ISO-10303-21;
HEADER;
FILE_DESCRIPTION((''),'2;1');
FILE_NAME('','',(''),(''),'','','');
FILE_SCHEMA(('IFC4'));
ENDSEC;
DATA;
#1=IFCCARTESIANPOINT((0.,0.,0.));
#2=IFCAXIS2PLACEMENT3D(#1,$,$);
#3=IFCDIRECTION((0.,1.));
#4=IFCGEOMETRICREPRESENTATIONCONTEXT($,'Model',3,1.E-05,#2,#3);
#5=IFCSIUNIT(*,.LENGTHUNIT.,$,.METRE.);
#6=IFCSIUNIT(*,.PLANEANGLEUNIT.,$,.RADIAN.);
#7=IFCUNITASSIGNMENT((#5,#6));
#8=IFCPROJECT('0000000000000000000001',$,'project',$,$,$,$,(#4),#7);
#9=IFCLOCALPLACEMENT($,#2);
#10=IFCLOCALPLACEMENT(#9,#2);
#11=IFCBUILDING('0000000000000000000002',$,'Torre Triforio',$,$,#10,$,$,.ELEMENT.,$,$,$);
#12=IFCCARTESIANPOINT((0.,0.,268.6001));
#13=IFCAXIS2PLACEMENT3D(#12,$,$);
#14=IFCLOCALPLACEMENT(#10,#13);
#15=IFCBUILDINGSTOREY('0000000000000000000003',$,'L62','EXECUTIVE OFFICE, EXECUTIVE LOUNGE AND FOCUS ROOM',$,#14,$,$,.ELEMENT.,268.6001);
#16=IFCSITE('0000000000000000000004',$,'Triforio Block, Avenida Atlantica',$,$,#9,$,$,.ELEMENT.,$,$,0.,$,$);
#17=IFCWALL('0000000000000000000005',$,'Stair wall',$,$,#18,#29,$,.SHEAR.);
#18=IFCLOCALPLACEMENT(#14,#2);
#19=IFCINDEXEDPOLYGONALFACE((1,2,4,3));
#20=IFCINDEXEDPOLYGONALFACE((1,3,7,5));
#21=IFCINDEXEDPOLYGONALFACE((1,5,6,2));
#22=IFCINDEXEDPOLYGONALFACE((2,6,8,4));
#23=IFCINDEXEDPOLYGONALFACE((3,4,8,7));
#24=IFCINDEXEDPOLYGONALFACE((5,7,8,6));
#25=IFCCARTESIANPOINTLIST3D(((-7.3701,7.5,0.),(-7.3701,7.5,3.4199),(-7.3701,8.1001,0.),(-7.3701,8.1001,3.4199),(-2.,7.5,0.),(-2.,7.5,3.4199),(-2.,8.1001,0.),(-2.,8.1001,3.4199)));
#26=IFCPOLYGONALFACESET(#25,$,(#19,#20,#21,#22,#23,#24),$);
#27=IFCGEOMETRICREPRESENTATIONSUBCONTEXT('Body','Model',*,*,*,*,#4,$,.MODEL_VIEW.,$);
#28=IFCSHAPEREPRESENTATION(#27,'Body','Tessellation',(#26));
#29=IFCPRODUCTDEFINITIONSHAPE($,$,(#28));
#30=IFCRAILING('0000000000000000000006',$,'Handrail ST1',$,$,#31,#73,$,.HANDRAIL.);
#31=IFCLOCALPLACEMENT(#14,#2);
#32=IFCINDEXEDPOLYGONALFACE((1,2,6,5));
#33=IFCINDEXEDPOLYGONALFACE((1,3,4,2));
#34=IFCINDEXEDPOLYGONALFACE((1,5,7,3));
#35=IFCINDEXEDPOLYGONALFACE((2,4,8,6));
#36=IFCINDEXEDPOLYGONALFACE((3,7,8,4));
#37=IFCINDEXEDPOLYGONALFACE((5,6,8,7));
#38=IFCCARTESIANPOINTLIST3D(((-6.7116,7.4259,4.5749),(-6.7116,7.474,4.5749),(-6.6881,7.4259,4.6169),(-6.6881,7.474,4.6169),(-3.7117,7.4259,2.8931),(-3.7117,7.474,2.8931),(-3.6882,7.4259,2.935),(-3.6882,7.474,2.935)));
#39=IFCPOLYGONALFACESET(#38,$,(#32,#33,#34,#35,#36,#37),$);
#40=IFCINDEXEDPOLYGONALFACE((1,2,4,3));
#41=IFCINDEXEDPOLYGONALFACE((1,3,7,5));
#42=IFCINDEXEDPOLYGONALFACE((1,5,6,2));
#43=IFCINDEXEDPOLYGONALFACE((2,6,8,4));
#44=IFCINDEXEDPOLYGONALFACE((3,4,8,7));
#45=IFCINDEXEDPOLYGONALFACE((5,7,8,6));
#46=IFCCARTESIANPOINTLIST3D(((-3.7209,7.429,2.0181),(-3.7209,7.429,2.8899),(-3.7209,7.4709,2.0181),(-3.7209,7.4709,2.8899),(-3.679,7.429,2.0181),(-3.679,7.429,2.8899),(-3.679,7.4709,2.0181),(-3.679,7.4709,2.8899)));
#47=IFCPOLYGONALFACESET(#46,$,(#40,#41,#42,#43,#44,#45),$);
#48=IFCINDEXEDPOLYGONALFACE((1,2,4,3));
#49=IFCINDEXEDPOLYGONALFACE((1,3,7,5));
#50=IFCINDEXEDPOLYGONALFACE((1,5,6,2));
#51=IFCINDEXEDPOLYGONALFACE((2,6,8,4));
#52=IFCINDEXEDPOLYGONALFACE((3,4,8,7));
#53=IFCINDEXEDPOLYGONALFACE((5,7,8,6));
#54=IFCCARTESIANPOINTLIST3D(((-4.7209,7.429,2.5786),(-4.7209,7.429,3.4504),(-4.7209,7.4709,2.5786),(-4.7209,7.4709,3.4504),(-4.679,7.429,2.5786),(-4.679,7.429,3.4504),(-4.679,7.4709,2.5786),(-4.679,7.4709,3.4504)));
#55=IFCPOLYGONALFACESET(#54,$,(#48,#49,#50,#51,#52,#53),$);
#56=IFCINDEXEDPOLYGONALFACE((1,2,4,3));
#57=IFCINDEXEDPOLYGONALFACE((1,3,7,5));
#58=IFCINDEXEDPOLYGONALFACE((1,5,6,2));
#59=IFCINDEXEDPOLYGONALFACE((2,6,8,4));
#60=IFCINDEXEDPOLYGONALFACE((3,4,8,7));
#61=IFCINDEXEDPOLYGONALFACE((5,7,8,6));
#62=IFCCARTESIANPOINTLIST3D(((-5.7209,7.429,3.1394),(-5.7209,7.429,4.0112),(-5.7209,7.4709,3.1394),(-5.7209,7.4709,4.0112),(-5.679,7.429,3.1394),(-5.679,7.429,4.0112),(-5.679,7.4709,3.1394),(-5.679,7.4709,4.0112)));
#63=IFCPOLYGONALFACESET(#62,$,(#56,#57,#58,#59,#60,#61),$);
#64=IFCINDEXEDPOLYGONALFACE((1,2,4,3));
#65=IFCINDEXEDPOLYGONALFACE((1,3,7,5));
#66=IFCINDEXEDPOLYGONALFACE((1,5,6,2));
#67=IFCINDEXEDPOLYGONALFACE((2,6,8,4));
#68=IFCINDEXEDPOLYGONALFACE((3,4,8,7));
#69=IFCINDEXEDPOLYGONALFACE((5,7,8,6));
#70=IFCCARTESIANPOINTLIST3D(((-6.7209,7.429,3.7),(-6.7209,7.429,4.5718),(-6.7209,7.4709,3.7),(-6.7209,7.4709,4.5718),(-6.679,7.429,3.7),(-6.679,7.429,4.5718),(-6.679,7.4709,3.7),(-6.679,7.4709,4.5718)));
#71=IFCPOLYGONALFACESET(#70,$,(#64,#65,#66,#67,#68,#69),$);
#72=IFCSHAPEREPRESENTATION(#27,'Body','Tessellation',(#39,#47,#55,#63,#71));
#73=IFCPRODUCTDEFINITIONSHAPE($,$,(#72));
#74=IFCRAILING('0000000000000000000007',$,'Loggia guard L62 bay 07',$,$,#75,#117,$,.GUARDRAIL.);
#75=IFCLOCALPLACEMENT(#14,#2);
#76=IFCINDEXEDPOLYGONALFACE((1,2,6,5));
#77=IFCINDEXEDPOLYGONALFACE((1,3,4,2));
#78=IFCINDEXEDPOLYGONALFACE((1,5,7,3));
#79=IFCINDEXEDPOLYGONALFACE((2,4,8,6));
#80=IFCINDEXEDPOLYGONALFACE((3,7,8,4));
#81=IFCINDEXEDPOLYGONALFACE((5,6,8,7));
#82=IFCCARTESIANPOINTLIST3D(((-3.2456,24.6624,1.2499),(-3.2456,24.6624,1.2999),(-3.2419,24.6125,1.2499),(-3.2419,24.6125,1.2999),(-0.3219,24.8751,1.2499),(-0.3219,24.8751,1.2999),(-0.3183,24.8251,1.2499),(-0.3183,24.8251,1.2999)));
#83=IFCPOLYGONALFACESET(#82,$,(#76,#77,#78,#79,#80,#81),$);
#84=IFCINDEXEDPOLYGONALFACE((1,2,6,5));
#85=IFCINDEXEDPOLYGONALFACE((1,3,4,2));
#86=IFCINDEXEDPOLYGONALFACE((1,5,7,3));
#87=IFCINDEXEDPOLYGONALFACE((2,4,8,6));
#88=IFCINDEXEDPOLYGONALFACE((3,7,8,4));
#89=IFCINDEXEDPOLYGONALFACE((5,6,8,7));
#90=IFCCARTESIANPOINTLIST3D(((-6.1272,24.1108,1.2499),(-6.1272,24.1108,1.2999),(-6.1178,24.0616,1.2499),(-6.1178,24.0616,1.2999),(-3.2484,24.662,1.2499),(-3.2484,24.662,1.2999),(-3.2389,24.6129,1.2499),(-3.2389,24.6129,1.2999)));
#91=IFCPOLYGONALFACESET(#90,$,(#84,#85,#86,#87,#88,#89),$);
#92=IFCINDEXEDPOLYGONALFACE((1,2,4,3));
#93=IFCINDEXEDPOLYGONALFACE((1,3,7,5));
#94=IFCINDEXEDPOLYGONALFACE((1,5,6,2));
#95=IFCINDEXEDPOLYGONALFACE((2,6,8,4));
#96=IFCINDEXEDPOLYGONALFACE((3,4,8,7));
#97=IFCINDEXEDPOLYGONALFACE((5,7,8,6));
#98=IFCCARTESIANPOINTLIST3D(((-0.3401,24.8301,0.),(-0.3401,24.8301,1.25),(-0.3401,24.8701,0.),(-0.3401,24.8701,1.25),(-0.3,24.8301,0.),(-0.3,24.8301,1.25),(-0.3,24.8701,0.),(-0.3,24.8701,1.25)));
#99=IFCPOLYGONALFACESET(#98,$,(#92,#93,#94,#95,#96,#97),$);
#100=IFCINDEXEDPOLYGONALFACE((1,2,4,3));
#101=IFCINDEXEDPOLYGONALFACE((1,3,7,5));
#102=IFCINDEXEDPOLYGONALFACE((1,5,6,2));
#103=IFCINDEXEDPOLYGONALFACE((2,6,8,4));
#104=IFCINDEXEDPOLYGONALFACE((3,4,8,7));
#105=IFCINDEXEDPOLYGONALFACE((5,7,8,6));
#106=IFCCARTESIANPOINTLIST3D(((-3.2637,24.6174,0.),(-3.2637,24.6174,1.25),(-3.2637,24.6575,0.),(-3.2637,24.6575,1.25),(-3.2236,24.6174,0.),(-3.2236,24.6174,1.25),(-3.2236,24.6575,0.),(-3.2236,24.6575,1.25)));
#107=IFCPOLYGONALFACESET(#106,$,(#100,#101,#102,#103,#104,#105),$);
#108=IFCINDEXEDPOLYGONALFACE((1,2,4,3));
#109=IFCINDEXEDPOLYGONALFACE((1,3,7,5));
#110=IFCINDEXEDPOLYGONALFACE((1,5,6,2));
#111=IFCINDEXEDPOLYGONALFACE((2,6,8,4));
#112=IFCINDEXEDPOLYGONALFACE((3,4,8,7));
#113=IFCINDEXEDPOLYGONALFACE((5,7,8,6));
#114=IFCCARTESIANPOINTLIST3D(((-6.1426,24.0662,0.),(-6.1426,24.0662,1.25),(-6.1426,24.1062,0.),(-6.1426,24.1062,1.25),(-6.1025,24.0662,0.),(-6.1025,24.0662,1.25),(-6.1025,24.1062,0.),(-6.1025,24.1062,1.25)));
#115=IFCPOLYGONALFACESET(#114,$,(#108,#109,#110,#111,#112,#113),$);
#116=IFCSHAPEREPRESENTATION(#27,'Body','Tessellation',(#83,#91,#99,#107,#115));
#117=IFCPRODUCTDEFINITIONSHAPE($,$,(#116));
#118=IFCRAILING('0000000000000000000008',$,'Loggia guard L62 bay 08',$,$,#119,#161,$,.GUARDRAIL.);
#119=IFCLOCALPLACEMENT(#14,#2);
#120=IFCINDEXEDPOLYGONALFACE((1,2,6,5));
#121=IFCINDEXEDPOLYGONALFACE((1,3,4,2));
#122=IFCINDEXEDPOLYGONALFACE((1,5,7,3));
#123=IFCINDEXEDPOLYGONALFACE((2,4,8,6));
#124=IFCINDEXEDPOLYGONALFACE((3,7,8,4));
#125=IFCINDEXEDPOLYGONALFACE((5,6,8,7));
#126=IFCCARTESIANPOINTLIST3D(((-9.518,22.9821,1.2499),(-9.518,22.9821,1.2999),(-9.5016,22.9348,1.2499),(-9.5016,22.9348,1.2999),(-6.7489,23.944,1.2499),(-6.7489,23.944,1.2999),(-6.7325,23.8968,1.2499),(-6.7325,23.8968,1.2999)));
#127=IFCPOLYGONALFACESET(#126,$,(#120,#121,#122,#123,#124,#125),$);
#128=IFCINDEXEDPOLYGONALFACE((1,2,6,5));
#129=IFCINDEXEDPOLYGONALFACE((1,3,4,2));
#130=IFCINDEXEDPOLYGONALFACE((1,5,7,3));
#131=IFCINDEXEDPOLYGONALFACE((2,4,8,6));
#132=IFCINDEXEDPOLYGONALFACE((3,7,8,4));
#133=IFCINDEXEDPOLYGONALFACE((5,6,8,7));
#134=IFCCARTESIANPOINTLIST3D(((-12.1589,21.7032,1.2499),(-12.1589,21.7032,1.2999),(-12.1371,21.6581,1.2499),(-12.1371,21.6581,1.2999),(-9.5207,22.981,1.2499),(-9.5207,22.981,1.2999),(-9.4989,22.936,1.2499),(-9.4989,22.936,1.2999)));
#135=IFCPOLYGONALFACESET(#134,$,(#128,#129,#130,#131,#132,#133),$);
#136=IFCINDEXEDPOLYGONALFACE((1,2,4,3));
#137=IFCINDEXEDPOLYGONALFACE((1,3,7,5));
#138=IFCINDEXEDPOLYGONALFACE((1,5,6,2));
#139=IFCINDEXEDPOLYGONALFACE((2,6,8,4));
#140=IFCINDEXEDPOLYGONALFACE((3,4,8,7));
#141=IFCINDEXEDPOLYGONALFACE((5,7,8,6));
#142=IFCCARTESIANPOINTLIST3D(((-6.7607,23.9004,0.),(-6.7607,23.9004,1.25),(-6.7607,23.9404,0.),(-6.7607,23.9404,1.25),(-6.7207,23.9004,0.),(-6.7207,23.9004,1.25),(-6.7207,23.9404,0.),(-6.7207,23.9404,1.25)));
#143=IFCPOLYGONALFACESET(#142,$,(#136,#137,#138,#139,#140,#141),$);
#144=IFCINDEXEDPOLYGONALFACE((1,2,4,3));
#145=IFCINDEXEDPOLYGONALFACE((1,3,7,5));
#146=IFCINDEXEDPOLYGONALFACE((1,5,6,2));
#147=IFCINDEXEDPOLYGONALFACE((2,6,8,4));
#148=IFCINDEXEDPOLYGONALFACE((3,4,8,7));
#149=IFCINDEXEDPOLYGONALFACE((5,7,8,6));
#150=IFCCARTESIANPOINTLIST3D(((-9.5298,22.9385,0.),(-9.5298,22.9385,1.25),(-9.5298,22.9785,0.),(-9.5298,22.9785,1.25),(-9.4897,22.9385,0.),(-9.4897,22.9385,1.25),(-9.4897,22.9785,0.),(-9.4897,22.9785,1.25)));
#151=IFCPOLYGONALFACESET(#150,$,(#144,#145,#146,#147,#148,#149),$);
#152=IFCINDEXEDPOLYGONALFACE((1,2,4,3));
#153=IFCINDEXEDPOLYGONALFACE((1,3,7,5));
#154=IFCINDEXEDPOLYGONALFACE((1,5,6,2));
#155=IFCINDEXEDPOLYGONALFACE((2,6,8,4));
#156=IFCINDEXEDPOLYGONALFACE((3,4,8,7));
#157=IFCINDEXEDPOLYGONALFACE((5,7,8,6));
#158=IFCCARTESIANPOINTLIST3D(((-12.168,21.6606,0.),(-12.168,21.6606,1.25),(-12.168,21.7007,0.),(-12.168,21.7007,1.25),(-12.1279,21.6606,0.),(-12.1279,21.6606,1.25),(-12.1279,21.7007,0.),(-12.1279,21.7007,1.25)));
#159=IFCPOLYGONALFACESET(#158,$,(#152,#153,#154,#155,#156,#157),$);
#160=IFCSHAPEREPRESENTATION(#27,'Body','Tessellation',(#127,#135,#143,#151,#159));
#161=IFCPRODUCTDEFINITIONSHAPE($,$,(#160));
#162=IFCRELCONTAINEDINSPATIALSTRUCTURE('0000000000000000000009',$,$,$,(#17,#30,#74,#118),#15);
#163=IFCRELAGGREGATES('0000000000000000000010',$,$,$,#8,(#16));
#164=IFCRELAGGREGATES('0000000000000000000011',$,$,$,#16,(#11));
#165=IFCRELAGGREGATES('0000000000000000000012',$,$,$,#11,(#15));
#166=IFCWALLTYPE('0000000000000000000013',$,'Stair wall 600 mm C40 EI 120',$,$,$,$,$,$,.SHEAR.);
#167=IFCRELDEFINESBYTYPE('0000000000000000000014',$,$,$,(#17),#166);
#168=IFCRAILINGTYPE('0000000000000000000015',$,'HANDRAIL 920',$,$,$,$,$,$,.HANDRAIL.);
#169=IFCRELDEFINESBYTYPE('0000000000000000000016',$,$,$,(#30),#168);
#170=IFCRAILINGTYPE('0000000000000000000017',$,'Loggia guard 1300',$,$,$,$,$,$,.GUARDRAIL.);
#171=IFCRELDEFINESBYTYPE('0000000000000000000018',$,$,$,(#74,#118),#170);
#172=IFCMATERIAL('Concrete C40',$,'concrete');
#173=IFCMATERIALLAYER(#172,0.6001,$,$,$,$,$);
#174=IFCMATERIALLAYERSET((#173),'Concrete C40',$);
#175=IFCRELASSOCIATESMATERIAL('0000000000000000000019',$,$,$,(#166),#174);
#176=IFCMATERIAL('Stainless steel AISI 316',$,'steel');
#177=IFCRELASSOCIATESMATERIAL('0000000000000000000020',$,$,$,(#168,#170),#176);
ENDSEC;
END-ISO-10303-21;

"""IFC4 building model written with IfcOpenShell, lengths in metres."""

from ifc_helpers import new_model, si_unit, direction, frame, frame_2d, origin, origin_2d, place, context, subcontext, project, spatial, rectangle, extrude, material, layer, layer_set, type_object, element, save


model = new_model("IFC4")

# Units and contexts
model_context = context("Model", 3, precision=1e-05, world=origin(), true_north=direction((0.0, 1.0)))
body_context = subcontext(model_context, "Body", "Model", "MODEL_VIEW")
ifc_project = project(units=[si_unit("LENGTHUNIT", "METRE"), si_unit("PLANEANGLEUNIT", "RADIAN")], contexts=[model_context])

# Site, building, storey
site_placement = place(None, origin())
site = spatial("IfcSite", under=ifc_project, at=site_placement, Name="Triforio Block, Avenida Atlantica", CompositionType="ELEMENT", RefElevation=0.0)
building_placement = place(site_placement, origin())
building = spatial("IfcBuilding", under=site, at=building_placement, Name="Torre Triforio", CompositionType="ELEMENT")
storey_placement = place(building_placement, frame((0.0, 0.0, 268.6001)))
storey = spatial("IfcBuildingStorey", under=building, at=storey_placement, Name="L62", Description="EXECUTIVE OFFICE, EXECUTIVE LOUNGE AND FOCUS ROOM", CompositionType="ELEMENT", Elevation=268.6001)

# Shared definitions
ifc_material_1 = material(Name="Concrete C40", Category="concrete")

# Wall
ifc_layer_1 = layer(ifc_material_1, 0.6001)
ifc_layer_set_1 = layer_set([ifc_layer_1], Name="Concrete C40")
wall_type_1 = type_object("IfcWallType", Name="Stair wall 600 mm C40 EI 120", PredefinedType="SHEAR", material=ifc_layer_set_1)
wall_1_placement = place(storey_placement, frame((-7.3701, 7.8, 0.0), z_axis=(0.0, 0.0, 1.0), x_axis=(1.0, 0.0, 0.0)))
element("IfcWall", 1, at=wall_1_placement, inside=storey, type_object=wall_type_1, Name="Stair wall", PredefinedType="SHEAR", context=body_context, shape_type="SweptSolid", body=[
    extrude(rectangle(XDim=5.3701, YDim=0.6001, at=frame_2d((2.6851, 0.0))), origin(), (0.0, 0.0, 1.0), 3.4199),
])

# Railings
ifc_material_2 = material(Name="Stainless steel AISI 316", Category="steel")
railing_type_1 = type_object("IfcRailingType", Name="HANDRAIL 920", PredefinedType="HANDRAIL", material=ifc_material_2)
railing_1_placement = place(storey_placement, frame((-3.7, 7.45, 2.0181)))
element("IfcRailing", 2, at=railing_1_placement, inside=storey, type_object=railing_type_1, Name="Handrail ST1", PredefinedType="HANDRAIL", context=body_context, shape_type="SweptSolid", body=[
    extrude(rectangle(XDim=0.0481, YDim=0.0481, at=origin_2d()), frame((0.0, 0.0, 0.896), z_axis=(-0.872272, 0.0, 0.48902), x_axis=(0.0, -1.0, 0.0)), (0.0, 0.0, 1.0), 3.4392),
    extrude(rectangle(XDim=0.042, YDim=0.042, at=origin_2d()), origin(), (0.0, 0.0, 1.0), 0.8718),
    extrude(rectangle(XDim=0.042, YDim=0.042, at=origin_2d()), frame((-1.0, 0.0, 0.5605)), (0.0, 0.0, 1.0), 0.8718),
    extrude(rectangle(XDim=0.042, YDim=0.042, at=origin_2d()), frame((-2.0, 0.0, 1.1213)), (0.0, 0.0, 1.0), 0.8718),
    extrude(rectangle(XDim=0.042, YDim=0.042, at=origin_2d()), frame((-3.0, 0.0, 1.6819)), (0.0, 0.0, 1.0), 0.8718),
])
railing_type_2 = type_object("IfcRailingType", Name="Loggia guard 1300", PredefinedType="GUARDRAIL", material=ifc_material_2)
railing_2_placement = place(storey_placement, frame((-0.3201, 24.8501, 0.0)))
element("IfcRailing", 3, at=railing_2_placement, inside=storey, type_object=railing_type_2, Name="Loggia guard L62 bay 07", PredefinedType="GUARDRAIL", context=body_context, shape_type="SweptSolid", body=[
    extrude(rectangle(XDim=0.05, YDim=0.05, at=origin_2d()), frame((0.0, 0.0, 1.2749), z_axis=(-0.997365, -0.072543, 0.0), x_axis=(0.072543, -0.997365, 0.0)), (0.0, 0.0, 1.0), 2.9314),
    extrude(rectangle(XDim=0.05, YDim=0.05, at=origin_2d()), frame((-2.9236, -0.2126, 1.2749), z_axis=(-0.982156, -0.188069, 0.0), x_axis=(0.188069, -0.982156, 0.0)), (0.0, 0.0, 1.0), 2.9312),
    extrude(rectangle(XDim=0.04, YDim=0.04, at=origin_2d()), origin(), (0.0, 0.0, 1.0), 1.25),
    extrude(rectangle(XDim=0.04, YDim=0.04, at=origin_2d()), frame((-2.9236, -0.2126, 0.0)), (0.0, 0.0, 1.0), 1.25),
    extrude(rectangle(XDim=0.04, YDim=0.04, at=origin_2d()), frame((-5.8025, -0.7639, 0.0)), (0.0, 0.0, 1.0), 1.25),
])
railing_3_placement = place(storey_placement, frame((-6.7407, 23.9204, 0.0)))
element("IfcRailing", 4, at=railing_3_placement, inside=storey, type_object=railing_type_2, Name="Loggia guard L62 bay 08", PredefinedType="GUARDRAIL", context=body_context, shape_type="SweptSolid", body=[
    extrude(rectangle(XDim=0.05, YDim=0.05, at=origin_2d()), frame((0.0, 0.0, 1.2749), z_axis=(-0.944627, -0.328146, 0.0), x_axis=(0.328146, -0.944627, 0.0)), (0.0, 0.0, 1.0), 2.9314),
    extrude(rectangle(XDim=0.05, YDim=0.05, at=origin_2d()), frame((-2.769, -0.9619, 1.2749), z_axis=(-0.899986, -0.435918, 0.0), x_axis=(0.435918, -0.899986, 0.0)), (0.0, 0.0, 1.0), 2.9314),
    extrude(rectangle(XDim=0.04, YDim=0.04, at=origin_2d()), origin(), (0.0, 0.0, 1.0), 1.25),
    extrude(rectangle(XDim=0.04, YDim=0.04, at=origin_2d()), frame((-2.769, -0.9619, 0.0)), (0.0, 0.0, 1.0), 1.25),
    extrude(rectangle(XDim=0.04, YDim=0.04, at=origin_2d()), frame((-5.4072, -2.2397, 0.0)), (0.0, 0.0, 1.0), 1.25),
])

save(model, "model.ifc")
